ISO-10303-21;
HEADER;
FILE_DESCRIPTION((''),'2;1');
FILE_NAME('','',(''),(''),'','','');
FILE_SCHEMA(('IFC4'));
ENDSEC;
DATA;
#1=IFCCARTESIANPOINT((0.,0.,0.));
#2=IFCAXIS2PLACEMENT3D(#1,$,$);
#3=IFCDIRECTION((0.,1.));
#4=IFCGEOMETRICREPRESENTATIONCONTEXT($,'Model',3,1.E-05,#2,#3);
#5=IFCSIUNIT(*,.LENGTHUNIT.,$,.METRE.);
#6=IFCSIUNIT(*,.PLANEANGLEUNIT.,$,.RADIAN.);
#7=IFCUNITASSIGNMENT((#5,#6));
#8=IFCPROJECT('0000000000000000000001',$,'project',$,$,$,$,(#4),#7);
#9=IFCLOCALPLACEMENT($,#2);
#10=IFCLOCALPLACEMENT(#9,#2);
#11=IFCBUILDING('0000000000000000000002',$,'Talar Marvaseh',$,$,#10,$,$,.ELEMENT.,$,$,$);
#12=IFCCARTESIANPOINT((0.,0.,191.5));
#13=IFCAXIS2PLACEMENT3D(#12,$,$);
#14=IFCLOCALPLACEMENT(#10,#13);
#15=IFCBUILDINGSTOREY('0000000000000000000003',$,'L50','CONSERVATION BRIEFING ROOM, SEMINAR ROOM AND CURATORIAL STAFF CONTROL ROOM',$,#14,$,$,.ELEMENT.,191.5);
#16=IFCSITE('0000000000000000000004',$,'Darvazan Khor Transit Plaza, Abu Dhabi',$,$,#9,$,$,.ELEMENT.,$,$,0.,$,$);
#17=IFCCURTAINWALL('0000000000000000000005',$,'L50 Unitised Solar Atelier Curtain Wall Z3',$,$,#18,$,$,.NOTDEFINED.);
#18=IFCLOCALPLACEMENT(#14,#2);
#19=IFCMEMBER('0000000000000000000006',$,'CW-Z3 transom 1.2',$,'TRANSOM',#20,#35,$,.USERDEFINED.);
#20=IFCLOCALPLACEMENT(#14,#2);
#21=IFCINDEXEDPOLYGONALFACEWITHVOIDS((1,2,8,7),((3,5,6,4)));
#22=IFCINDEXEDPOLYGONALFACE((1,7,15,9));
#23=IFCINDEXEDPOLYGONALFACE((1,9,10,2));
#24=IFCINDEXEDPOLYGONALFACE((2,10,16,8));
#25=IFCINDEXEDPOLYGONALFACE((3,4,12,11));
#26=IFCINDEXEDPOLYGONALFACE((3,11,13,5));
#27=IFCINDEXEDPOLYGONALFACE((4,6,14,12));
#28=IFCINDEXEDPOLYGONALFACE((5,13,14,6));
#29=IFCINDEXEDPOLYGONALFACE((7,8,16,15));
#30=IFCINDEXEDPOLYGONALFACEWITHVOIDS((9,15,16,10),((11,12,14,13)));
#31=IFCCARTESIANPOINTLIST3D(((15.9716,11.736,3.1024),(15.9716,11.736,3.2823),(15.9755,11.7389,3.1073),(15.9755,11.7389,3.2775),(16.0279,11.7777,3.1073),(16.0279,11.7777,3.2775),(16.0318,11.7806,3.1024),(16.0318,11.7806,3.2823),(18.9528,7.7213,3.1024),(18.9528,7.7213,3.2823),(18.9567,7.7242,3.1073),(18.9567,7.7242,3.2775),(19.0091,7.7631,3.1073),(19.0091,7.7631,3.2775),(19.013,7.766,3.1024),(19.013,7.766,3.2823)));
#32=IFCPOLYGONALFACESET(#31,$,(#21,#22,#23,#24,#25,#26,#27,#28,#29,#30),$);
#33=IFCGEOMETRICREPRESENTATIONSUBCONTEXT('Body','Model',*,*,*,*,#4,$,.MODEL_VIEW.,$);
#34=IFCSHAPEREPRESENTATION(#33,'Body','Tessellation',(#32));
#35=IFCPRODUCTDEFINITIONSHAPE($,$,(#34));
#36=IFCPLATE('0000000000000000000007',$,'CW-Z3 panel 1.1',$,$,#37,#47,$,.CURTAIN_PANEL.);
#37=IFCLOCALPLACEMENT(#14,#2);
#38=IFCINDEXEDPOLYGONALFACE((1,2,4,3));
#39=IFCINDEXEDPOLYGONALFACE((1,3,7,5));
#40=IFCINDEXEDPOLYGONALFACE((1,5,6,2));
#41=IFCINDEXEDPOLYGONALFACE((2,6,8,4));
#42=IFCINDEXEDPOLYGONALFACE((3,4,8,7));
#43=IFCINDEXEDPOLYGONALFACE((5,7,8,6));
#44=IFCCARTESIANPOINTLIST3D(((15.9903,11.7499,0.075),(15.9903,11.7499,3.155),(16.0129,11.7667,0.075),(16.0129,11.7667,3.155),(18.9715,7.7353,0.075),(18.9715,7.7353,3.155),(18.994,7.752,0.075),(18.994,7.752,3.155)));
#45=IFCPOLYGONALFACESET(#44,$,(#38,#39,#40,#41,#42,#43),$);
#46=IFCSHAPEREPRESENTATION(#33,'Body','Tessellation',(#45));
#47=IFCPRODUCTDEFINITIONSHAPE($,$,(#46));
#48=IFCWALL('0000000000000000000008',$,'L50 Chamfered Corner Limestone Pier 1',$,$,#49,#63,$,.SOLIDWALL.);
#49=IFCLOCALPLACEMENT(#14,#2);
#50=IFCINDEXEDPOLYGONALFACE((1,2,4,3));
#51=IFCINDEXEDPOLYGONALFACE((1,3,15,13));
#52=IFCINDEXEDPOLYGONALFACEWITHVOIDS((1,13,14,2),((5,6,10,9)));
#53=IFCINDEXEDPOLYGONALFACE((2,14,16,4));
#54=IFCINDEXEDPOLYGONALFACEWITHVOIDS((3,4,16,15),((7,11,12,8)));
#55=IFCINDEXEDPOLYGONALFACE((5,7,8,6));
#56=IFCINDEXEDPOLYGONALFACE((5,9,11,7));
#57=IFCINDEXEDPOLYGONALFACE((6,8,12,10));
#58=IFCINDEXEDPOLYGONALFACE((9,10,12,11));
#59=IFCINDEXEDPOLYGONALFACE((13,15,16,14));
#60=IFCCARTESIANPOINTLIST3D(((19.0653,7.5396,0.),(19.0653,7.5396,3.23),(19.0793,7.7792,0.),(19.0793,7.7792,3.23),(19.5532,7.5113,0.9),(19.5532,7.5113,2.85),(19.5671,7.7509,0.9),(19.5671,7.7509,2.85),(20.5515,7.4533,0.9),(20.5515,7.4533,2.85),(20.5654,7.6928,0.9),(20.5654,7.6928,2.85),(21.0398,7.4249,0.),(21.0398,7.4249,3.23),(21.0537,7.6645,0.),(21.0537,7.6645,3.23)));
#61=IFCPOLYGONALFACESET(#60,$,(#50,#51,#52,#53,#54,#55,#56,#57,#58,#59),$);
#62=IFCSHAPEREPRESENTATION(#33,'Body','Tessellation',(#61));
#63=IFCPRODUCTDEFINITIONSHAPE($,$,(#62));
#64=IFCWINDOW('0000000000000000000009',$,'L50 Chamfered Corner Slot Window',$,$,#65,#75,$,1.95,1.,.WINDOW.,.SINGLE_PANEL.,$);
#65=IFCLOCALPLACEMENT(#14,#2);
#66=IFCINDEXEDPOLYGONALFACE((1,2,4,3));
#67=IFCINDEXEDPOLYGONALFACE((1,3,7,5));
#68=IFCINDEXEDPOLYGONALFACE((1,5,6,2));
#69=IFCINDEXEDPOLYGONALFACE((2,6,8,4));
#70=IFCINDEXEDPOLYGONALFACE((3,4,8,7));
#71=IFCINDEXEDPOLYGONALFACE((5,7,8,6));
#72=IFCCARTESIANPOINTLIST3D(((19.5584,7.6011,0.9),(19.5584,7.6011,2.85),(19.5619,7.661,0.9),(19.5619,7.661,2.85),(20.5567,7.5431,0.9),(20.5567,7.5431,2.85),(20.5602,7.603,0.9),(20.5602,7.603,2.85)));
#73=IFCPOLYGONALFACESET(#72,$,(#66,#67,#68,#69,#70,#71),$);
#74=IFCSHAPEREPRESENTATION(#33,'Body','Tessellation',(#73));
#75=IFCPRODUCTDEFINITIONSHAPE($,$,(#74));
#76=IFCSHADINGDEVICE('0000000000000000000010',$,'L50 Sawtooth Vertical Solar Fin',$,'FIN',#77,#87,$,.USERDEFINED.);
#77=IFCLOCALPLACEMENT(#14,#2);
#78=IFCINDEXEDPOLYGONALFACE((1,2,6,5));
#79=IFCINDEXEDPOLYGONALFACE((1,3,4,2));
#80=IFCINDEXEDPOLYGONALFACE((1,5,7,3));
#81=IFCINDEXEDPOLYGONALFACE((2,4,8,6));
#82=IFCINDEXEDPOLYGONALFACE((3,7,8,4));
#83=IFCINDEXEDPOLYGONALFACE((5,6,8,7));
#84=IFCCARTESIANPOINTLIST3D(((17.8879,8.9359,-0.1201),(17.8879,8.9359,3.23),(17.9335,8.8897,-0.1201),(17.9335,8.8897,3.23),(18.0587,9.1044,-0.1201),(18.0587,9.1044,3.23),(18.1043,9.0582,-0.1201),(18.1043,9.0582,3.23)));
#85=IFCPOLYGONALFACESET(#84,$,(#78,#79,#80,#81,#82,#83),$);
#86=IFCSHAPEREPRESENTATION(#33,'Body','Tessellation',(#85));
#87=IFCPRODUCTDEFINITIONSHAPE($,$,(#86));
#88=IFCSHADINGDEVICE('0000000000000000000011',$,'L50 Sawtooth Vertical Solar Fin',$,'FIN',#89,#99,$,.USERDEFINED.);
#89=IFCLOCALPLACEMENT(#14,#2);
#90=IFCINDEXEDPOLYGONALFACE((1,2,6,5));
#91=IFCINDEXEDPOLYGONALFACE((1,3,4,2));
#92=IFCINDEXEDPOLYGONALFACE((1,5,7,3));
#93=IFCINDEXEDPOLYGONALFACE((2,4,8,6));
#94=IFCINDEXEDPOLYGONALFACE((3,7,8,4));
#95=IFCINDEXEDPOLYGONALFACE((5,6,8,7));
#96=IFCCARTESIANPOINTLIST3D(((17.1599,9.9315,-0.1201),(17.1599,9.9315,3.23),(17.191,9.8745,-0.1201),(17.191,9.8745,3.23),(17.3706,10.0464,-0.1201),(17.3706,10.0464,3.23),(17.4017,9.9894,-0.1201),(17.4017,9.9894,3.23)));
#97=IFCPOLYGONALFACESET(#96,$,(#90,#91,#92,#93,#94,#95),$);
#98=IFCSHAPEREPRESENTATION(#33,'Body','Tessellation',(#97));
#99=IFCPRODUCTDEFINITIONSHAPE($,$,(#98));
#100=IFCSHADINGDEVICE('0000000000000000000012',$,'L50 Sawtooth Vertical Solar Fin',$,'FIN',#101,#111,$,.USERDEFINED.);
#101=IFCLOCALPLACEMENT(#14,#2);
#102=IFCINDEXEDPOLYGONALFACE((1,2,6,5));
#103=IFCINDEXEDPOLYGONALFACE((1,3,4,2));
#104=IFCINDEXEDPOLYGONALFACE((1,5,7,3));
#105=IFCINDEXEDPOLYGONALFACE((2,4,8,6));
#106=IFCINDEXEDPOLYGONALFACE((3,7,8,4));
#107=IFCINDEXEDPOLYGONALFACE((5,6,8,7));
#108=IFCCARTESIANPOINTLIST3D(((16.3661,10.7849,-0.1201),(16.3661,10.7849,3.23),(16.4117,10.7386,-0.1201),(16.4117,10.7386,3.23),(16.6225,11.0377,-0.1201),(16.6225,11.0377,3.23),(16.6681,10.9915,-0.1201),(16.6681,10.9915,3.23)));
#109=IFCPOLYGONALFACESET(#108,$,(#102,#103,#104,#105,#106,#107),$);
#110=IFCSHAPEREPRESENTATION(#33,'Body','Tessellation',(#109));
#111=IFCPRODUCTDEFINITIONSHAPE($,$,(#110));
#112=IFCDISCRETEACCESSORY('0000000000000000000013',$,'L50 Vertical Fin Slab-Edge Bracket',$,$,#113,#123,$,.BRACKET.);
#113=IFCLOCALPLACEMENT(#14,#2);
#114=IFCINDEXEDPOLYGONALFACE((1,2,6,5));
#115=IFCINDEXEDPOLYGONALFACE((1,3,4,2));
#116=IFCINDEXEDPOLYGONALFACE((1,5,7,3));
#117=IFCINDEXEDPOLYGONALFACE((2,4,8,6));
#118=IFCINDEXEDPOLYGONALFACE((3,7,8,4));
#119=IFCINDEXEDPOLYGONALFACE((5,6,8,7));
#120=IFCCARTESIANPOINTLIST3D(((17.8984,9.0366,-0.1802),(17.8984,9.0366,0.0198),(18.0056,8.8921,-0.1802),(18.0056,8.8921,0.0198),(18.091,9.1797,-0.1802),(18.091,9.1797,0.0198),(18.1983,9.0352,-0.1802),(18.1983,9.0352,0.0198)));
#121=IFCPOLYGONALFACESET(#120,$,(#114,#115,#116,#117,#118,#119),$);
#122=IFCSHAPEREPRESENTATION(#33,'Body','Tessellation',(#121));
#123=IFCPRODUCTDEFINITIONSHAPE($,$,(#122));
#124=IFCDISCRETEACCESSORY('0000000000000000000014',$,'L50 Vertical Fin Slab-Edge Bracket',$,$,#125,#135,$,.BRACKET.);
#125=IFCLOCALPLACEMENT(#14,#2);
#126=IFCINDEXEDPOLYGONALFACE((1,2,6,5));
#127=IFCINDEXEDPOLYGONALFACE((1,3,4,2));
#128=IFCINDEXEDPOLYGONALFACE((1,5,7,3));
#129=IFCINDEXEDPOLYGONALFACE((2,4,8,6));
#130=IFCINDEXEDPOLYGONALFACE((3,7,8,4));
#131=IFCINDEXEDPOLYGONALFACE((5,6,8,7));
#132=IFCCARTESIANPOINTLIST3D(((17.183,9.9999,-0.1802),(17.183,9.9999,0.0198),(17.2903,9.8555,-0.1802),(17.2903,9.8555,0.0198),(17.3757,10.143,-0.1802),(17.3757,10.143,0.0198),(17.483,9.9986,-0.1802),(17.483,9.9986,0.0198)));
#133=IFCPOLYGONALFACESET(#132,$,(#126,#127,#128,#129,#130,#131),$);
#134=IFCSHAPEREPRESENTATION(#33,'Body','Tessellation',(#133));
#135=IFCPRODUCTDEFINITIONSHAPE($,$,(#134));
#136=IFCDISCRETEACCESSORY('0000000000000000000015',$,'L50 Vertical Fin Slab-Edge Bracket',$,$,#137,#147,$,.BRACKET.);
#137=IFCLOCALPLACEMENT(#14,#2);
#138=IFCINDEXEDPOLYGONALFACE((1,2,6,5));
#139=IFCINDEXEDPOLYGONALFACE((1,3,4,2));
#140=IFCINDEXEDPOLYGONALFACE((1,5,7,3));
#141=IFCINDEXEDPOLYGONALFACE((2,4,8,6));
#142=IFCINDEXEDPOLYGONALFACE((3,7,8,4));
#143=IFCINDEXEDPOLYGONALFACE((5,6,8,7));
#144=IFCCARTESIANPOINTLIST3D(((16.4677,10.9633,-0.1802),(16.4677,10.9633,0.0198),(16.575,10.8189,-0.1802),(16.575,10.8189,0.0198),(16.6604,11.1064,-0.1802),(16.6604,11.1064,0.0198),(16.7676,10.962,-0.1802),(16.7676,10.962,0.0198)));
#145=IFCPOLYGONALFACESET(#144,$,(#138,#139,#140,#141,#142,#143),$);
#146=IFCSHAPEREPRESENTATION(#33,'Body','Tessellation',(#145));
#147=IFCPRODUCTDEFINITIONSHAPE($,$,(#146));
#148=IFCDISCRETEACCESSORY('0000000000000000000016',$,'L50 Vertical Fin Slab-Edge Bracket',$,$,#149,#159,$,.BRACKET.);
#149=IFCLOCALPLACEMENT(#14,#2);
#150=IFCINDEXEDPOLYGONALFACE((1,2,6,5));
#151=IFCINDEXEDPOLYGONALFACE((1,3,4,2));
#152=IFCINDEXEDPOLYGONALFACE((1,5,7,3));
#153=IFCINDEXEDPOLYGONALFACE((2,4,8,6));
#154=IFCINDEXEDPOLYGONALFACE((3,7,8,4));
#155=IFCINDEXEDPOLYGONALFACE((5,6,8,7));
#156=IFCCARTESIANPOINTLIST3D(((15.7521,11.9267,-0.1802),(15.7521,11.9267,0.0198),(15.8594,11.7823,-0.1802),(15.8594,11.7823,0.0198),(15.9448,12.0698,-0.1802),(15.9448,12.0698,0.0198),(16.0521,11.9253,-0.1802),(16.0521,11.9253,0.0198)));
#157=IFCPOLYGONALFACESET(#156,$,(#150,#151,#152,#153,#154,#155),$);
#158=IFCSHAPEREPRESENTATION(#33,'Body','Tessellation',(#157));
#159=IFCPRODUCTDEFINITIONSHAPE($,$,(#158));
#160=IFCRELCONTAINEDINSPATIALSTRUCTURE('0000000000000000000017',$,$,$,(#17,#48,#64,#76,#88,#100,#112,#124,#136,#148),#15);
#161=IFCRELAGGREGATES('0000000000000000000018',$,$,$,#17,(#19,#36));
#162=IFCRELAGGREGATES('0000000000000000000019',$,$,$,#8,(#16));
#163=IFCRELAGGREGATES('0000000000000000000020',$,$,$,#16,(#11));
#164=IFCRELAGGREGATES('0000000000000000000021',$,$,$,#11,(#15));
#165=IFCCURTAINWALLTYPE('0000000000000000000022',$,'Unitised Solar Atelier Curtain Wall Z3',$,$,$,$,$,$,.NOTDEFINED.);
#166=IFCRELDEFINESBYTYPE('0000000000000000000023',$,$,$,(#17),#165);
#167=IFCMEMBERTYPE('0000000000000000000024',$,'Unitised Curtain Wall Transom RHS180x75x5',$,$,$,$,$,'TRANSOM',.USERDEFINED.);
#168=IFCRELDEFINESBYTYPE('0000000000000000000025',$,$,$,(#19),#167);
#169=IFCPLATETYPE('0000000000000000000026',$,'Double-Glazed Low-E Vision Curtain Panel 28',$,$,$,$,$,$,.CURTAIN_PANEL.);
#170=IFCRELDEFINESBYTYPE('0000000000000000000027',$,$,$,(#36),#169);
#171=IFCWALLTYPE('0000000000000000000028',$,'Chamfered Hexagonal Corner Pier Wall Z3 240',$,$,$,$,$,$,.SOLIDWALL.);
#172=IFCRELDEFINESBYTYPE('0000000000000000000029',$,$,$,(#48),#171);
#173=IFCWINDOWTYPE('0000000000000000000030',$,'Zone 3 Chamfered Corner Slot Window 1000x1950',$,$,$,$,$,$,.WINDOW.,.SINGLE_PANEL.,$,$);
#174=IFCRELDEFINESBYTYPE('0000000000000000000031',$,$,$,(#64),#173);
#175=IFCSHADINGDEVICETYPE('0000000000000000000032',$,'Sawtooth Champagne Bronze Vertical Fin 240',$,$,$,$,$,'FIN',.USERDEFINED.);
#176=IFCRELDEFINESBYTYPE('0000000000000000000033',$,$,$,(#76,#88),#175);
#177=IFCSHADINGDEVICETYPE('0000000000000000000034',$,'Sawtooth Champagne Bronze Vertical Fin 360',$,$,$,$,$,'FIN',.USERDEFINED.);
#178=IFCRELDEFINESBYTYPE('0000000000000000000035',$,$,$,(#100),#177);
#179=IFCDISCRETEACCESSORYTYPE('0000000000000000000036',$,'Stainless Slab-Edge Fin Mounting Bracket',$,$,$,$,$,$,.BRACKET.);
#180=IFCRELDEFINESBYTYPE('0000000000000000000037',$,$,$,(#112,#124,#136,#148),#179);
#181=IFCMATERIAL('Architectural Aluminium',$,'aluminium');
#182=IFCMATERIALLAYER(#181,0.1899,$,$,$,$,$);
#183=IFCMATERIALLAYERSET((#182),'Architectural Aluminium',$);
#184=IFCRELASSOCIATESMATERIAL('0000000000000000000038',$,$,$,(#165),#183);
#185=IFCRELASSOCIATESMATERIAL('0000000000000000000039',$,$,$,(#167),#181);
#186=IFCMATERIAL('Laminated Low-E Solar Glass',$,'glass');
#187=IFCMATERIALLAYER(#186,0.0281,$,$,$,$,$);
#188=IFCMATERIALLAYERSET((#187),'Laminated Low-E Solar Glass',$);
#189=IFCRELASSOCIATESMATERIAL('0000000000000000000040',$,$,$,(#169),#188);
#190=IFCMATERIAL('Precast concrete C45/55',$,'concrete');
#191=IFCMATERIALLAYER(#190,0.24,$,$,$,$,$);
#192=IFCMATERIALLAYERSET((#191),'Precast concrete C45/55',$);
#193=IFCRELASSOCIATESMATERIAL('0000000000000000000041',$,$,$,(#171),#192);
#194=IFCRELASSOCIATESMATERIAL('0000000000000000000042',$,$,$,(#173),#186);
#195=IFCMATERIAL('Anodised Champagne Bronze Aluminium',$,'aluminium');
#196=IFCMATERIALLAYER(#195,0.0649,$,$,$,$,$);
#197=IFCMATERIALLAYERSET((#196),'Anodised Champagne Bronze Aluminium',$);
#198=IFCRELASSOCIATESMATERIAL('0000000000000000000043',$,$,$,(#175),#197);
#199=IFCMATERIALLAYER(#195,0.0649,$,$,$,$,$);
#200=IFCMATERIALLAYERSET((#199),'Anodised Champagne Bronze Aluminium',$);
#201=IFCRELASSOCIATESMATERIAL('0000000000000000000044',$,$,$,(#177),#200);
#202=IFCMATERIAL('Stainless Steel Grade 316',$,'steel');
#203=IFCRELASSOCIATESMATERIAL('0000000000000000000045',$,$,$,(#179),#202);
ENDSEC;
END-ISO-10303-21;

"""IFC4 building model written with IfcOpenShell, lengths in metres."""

from ifc_helpers import new_model, si_unit, direction, frame, frame_2d, origin, origin_2d, place, context, subcontext, project, spatial, rectangle, hollow_rectangle, extrude, source, transform, mapped, material, layer, layer_set, material_profile, profile_set, type_object, type_shapes, element, fill, aggregate, save


model = new_model("IFC4")

# Units and contexts
model_context = context("Model", 3, precision=1e-05, world=origin(), true_north=direction((0.0, 1.0)))
body_context = subcontext(model_context, "Body", "Model", "MODEL_VIEW")
ifc_project = project(units=[si_unit("LENGTHUNIT", "METRE"), si_unit("PLANEANGLEUNIT", "RADIAN")], contexts=[model_context])

# Site, building, storey
site_placement = place(None, origin())
site = spatial("IfcSite", under=ifc_project, at=site_placement, Name="Darvazan Khor Transit Plaza, Abu Dhabi", CompositionType="ELEMENT", RefElevation=0.0)
building_placement = place(site_placement, origin())
building = spatial("IfcBuilding", under=site, at=building_placement, Name="Talar Marvaseh", CompositionType="ELEMENT")
storey_placement = place(building_placement, frame((0.0, 0.0, 191.5)))
storey = spatial("IfcBuildingStorey", under=building, at=storey_placement, Name="L50", Description="CONSERVATION BRIEFING ROOM, SEMINAR ROOM AND CURATORIAL STAFF CONTROL ROOM", CompositionType="ELEMENT", Elevation=191.5)

# Curtain wall
ifc_material_1 = material(Name="Architectural Aluminium", Category="aluminium")
ifc_layer_1 = layer(ifc_material_1, 0.1899)
ifc_layer_set_1 = layer_set([ifc_layer_1], Name="Architectural Aluminium")
curtain_wall_type = type_object("IfcCurtainWallType", Name="Unitised Solar Atelier Curtain Wall Z3", PredefinedType="NOTDEFINED", material=ifc_layer_set_1)
curtain_wall_1_placement = place(storey_placement, origin())
curtain_wall_1 = element("IfcCurtainWall", 1, at=curtain_wall_1_placement, inside=storey, type_object=curtain_wall_type, Name="L50 Unitised Solar Atelier Curtain Wall Z3", PredefinedType="NOTDEFINED")

# Member
ifc_material_profile_1 = material_profile(ifc_material_1, hollow_rectangle(XDim=0.075, YDim=0.1799, WallThickness=0.0049, at=origin_2d()), Name="RHS180x75x5")
ifc_profile_set_1 = profile_set([ifc_material_profile_1], Name="Architectural Aluminium")
member_type_1 = type_object("IfcMemberType", Name="Unitised Curtain Wall Transom RHS180x75x5", ElementType="TRANSOM", PredefinedType="USERDEFINED", material=ifc_profile_set_1)
shared_shape_1 = source(origin(), body_context, "Body", "SweptSolid", [
    extrude(hollow_rectangle(XDim=0.075, YDim=0.1799, WallThickness=0.0049, at=origin_2d()), origin(), (0.0, 0.0, 1.0), 5.0005),
])
member_1_placement = place(storey_placement, frame((18.9829, 7.7437, 3.1924), z_axis=(-0.596181, 0.80285, 0.0), x_axis=(-0.80285, -0.596181, 0.0)))
member_1 = element("IfcMember", 2, at=member_1_placement, type_object=member_type_1, Name="CW-Z3 transom 1.2", ObjectType="TRANSOM", PredefinedType="USERDEFINED", context=body_context, shape_type="MappedRepresentation", body=[
    mapped(shared_shape_1, transform((0.0, 0.0, 0.0), x_axis=(1.0, 0.0, 0.0), y_axis=(0.0, 1.0, 0.0), z_axis=(0.0, 0.0, 1.0), scale=1.0)),
])

# Plate
ifc_material_2 = material(Name="Laminated Low-E Solar Glass", Category="glass")
ifc_layer_2 = layer(ifc_material_2, 0.0281)
ifc_layer_set_2 = layer_set([ifc_layer_2], Name="Laminated Low-E Solar Glass")
plate_type = type_object("IfcPlateType", Name="Double-Glazed Low-E Vision Curtain Panel 28", PredefinedType="CURTAIN_PANEL", material=ifc_layer_set_2)
shared_shape_2 = source(origin(), body_context, "Body", "SweptSolid", [
    extrude(rectangle(XDim=5.0005, YDim=0.0281, at=origin_2d()), origin(), (0.0, 0.0, 1.0), 3.0801),
])
type_shapes(plate_type, [shared_shape_2])
plate_placement = place(storey_placement, frame((17.4922, 9.751, 0.075), z_axis=(0.0, 0.0, 1.0), x_axis=(-0.596173, 0.802856, 0.0)))
plate = element("IfcPlate", 3, at=plate_placement, type_object=plate_type, Name="CW-Z3 panel 1.1", PredefinedType="CURTAIN_PANEL", context=body_context, shape_type="MappedRepresentation", body=[
    mapped(shared_shape_2, transform((0.0, 0.0, 0.0), x_axis=(1.0, 0.0, 0.0), y_axis=(0.0, 1.0, 0.0), z_axis=(0.0, 0.0, 1.0), scale=1.0)),
])
aggregate(curtain_wall_1, [member_1, plate])

# Wall, opening, window
ifc_material_3 = material(Name="Precast concrete C45/55", Category="concrete")
ifc_layer_3 = layer(ifc_material_3, 0.24)
ifc_layer_set_3 = layer_set([ifc_layer_3], Name="Precast concrete C45/55")
wall_type = type_object("IfcWallType", Name="Chamfered Hexagonal Corner Pier Wall Z3 240", PredefinedType="SOLIDWALL", material=ifc_layer_set_3)
wall_placement = place(storey_placement, frame((21.0466, 7.5447, 0.0), z_axis=(0.0, 0.0, 1.0), x_axis=(-0.998315, 0.05802, 0.0)))
wall = element("IfcWall", 4, at=wall_placement, inside=storey, type_object=wall_type, Name="L50 Chamfered Corner Limestone Pier 1", PredefinedType="SOLIDWALL", context=body_context, shape_type="SweptSolid", body=[
    extrude(rectangle(XDim=1.9778, YDim=0.24, at=frame_2d((0.9888, 0.0))), origin(), (0.0, 0.0, 1.0), 3.23),
])
opening_placement = place(wall_placement, frame((0.489, 0.0, 0.8999)))
opening = element("IfcOpeningElement", 5, at=opening_placement, cuts=wall, PredefinedType="OPENING", context=body_context, shape_type="SweptSolid", body=[
    extrude(rectangle(XDim=1.0, YDim=1.95, at=frame_2d((0.5, 0.9751))), frame((0.0, 0.1299, 0.0), z_axis=(0.0, -1.0, 0.0), x_axis=(1.0, 0.0, 0.0)), (0.0, 0.0, 1.0), 0.26),
])
window_type = type_object("IfcWindowType", Name="Zone 3 Chamfered Corner Slot Window 1000x1950", PartitioningType="SINGLE_PANEL", PredefinedType="WINDOW", material=ifc_material_2)
shared_shape_3 = source(origin(), body_context, "Body", "SweptSolid", [
    extrude(rectangle(XDim=1.0, YDim=1.95, at=frame_2d((0.5, 0.9751))), frame((0.0, 0.03, 0.0), z_axis=(0.0, -1.0, 0.0), x_axis=(1.0, 0.0, 0.0)), (0.0, 0.0, 1.0), 0.0601),
])
type_shapes(window_type, [shared_shape_3])
window_placement = place(opening_placement, origin())
window = element("IfcWindow", 6, at=window_placement, inside=storey, type_object=window_type, Name="L50 Chamfered Corner Slot Window", OverallHeight=1.95, OverallWidth=1.0, PartitioningType="SINGLE_PANEL", PredefinedType="WINDOW", context=body_context, shape_type="MappedRepresentation", body=[
    mapped(shared_shape_3, transform((0.0, 0.0, 0.0), x_axis=(1.0, 0.0, 0.0), y_axis=(0.0, 1.0, 0.0), z_axis=(0.0, 0.0, 1.0), scale=1.0)),
])
fill(opening, window)

# Shading devices
ifc_material_4 = material(Name="Anodised Champagne Bronze Aluminium", Category="aluminium")
ifc_layer_4 = layer(ifc_material_4, 0.0649)
ifc_layer_set_4 = layer_set([ifc_layer_4], Name="Anodised Champagne Bronze Aluminium")
shading_device_type_1 = type_object("IfcShadingDeviceType", Name="Sawtooth Champagne Bronze Vertical Fin 240", ElementType="FIN", PredefinedType="USERDEFINED", material=ifc_layer_set_4)
shared_shape_4 = source(origin(), body_context, "Body", "SweptSolid", [
    extrude(rectangle(XDim=0.24, YDim=0.0649, at=origin_2d()), origin(), (0.0, 0.0, 1.0), 3.3501),
])
type_shapes(shading_device_type_1, [shared_shape_4])
for number, where, z_axis, x_axis, name in (
    (7, (17.9961, 8.9971, -0.1201), (0.0, 0.0, 1.0), (-0.712026, -0.702153, 0.0), "L50 Sawtooth Vertical Solar Fin"),
    (8, (17.2808, 9.9604, -0.1201), (0.0, 0.0, 1.0), (-0.877983, -0.478692, 0.0), "L50 Sawtooth Vertical Solar Fin"),
):
    element("IfcShadingDevice", number, at=place(storey_placement, frame(where, z_axis=z_axis, x_axis=x_axis)), inside=storey, type_object=shading_device_type_1, Name=name, ObjectType="FIN", PredefinedType="USERDEFINED", context=body_context, shape_type="MappedRepresentation", body=[
        mapped(shared_shape_4, transform((0.0, 0.0, 0.0), x_axis=(1.0, 0.0, 0.0), y_axis=(0.0, 1.0, 0.0), z_axis=(0.0, 0.0, 1.0), scale=1.0)),
    ])
ifc_layer_5 = layer(ifc_material_4, 0.0649)
ifc_layer_set_5 = layer_set([ifc_layer_5], Name="Anodised Champagne Bronze Aluminium")
shading_device_type_2 = type_object("IfcShadingDeviceType", Name="Sawtooth Champagne Bronze Vertical Fin 360", ElementType="FIN", PredefinedType="USERDEFINED", material=ifc_layer_set_5)
shared_shape_5 = source(origin(), body_context, "Body", "SweptSolid", [
    extrude(rectangle(XDim=0.3601, YDim=0.0649, at=origin_2d()), origin(), (0.0, 0.0, 1.0), 3.3501),
])
type_shapes(shading_device_type_2, [shared_shape_5])
shading_device_placement = place(storey_placement, frame((16.5171, 10.8882, -0.1201), z_axis=(0.0, 0.0, 1.0), x_axis=(-0.712026, -0.702153, 0.0)))
element("IfcShadingDevice", 9, at=shading_device_placement, inside=storey, type_object=shading_device_type_2, Name="L50 Sawtooth Vertical Solar Fin", ObjectType="FIN", PredefinedType="USERDEFINED", context=body_context, shape_type="MappedRepresentation", body=[
    mapped(shared_shape_5, transform((0.0, 0.0, 0.0), x_axis=(1.0, 0.0, 0.0), y_axis=(0.0, 1.0, 0.0), z_axis=(0.0, 0.0, 1.0), scale=1.0)),
])

# Discrete accessories
ifc_material_5 = material(Name="Stainless Steel Grade 316", Category="steel")
discrete_accessory_type = type_object("IfcDiscreteAccessoryType", Name="Stainless Slab-Edge Fin Mounting Bracket", PredefinedType="BRACKET", material=ifc_material_5)
shared_shape_6 = source(origin(), body_context, "Body", "SweptSolid", [
    extrude(rectangle(XDim=0.24, YDim=0.1799, at=origin_2d()), origin(), (0.0, 0.0, 1.0), 0.2),
])
type_shapes(discrete_accessory_type, [shared_shape_6])
for number, where, z_axis, x_axis, name in (
    (10, (18.0483, 9.0359, -0.1802), (0.0, 0.0, 1.0), (-0.802817, -0.596225, 0.0), "L50 Vertical Fin Slab-Edge Bracket"),
    (11, (17.333, 9.9993, -0.1802), (0.0, 0.0, 1.0), (-0.802817, -0.596225, 0.0), "L50 Vertical Fin Slab-Edge Bracket"),
    (12, (16.6177, 10.9626, -0.1802), (0.0, 0.0, 1.0), (-0.802817, -0.596225, 0.0), "L50 Vertical Fin Slab-Edge Bracket"),
    (13, (15.9021, 11.926, -0.1802), (0.0, 0.0, 1.0), (-0.802817, -0.596225, 0.0), "L50 Vertical Fin Slab-Edge Bracket"),
):
    element("IfcDiscreteAccessory", number, at=place(storey_placement, frame(where, z_axis=z_axis, x_axis=x_axis)), inside=storey, type_object=discrete_accessory_type, Name=name, PredefinedType="BRACKET", context=body_context, shape_type="MappedRepresentation", body=[
        mapped(shared_shape_6, transform((0.0, 0.0, 0.0), x_axis=(1.0, 0.0, 0.0), y_axis=(0.0, 1.0, 0.0), z_axis=(0.0, 0.0, 1.0), scale=1.0)),
    ])

save(model, "model.ifc")
